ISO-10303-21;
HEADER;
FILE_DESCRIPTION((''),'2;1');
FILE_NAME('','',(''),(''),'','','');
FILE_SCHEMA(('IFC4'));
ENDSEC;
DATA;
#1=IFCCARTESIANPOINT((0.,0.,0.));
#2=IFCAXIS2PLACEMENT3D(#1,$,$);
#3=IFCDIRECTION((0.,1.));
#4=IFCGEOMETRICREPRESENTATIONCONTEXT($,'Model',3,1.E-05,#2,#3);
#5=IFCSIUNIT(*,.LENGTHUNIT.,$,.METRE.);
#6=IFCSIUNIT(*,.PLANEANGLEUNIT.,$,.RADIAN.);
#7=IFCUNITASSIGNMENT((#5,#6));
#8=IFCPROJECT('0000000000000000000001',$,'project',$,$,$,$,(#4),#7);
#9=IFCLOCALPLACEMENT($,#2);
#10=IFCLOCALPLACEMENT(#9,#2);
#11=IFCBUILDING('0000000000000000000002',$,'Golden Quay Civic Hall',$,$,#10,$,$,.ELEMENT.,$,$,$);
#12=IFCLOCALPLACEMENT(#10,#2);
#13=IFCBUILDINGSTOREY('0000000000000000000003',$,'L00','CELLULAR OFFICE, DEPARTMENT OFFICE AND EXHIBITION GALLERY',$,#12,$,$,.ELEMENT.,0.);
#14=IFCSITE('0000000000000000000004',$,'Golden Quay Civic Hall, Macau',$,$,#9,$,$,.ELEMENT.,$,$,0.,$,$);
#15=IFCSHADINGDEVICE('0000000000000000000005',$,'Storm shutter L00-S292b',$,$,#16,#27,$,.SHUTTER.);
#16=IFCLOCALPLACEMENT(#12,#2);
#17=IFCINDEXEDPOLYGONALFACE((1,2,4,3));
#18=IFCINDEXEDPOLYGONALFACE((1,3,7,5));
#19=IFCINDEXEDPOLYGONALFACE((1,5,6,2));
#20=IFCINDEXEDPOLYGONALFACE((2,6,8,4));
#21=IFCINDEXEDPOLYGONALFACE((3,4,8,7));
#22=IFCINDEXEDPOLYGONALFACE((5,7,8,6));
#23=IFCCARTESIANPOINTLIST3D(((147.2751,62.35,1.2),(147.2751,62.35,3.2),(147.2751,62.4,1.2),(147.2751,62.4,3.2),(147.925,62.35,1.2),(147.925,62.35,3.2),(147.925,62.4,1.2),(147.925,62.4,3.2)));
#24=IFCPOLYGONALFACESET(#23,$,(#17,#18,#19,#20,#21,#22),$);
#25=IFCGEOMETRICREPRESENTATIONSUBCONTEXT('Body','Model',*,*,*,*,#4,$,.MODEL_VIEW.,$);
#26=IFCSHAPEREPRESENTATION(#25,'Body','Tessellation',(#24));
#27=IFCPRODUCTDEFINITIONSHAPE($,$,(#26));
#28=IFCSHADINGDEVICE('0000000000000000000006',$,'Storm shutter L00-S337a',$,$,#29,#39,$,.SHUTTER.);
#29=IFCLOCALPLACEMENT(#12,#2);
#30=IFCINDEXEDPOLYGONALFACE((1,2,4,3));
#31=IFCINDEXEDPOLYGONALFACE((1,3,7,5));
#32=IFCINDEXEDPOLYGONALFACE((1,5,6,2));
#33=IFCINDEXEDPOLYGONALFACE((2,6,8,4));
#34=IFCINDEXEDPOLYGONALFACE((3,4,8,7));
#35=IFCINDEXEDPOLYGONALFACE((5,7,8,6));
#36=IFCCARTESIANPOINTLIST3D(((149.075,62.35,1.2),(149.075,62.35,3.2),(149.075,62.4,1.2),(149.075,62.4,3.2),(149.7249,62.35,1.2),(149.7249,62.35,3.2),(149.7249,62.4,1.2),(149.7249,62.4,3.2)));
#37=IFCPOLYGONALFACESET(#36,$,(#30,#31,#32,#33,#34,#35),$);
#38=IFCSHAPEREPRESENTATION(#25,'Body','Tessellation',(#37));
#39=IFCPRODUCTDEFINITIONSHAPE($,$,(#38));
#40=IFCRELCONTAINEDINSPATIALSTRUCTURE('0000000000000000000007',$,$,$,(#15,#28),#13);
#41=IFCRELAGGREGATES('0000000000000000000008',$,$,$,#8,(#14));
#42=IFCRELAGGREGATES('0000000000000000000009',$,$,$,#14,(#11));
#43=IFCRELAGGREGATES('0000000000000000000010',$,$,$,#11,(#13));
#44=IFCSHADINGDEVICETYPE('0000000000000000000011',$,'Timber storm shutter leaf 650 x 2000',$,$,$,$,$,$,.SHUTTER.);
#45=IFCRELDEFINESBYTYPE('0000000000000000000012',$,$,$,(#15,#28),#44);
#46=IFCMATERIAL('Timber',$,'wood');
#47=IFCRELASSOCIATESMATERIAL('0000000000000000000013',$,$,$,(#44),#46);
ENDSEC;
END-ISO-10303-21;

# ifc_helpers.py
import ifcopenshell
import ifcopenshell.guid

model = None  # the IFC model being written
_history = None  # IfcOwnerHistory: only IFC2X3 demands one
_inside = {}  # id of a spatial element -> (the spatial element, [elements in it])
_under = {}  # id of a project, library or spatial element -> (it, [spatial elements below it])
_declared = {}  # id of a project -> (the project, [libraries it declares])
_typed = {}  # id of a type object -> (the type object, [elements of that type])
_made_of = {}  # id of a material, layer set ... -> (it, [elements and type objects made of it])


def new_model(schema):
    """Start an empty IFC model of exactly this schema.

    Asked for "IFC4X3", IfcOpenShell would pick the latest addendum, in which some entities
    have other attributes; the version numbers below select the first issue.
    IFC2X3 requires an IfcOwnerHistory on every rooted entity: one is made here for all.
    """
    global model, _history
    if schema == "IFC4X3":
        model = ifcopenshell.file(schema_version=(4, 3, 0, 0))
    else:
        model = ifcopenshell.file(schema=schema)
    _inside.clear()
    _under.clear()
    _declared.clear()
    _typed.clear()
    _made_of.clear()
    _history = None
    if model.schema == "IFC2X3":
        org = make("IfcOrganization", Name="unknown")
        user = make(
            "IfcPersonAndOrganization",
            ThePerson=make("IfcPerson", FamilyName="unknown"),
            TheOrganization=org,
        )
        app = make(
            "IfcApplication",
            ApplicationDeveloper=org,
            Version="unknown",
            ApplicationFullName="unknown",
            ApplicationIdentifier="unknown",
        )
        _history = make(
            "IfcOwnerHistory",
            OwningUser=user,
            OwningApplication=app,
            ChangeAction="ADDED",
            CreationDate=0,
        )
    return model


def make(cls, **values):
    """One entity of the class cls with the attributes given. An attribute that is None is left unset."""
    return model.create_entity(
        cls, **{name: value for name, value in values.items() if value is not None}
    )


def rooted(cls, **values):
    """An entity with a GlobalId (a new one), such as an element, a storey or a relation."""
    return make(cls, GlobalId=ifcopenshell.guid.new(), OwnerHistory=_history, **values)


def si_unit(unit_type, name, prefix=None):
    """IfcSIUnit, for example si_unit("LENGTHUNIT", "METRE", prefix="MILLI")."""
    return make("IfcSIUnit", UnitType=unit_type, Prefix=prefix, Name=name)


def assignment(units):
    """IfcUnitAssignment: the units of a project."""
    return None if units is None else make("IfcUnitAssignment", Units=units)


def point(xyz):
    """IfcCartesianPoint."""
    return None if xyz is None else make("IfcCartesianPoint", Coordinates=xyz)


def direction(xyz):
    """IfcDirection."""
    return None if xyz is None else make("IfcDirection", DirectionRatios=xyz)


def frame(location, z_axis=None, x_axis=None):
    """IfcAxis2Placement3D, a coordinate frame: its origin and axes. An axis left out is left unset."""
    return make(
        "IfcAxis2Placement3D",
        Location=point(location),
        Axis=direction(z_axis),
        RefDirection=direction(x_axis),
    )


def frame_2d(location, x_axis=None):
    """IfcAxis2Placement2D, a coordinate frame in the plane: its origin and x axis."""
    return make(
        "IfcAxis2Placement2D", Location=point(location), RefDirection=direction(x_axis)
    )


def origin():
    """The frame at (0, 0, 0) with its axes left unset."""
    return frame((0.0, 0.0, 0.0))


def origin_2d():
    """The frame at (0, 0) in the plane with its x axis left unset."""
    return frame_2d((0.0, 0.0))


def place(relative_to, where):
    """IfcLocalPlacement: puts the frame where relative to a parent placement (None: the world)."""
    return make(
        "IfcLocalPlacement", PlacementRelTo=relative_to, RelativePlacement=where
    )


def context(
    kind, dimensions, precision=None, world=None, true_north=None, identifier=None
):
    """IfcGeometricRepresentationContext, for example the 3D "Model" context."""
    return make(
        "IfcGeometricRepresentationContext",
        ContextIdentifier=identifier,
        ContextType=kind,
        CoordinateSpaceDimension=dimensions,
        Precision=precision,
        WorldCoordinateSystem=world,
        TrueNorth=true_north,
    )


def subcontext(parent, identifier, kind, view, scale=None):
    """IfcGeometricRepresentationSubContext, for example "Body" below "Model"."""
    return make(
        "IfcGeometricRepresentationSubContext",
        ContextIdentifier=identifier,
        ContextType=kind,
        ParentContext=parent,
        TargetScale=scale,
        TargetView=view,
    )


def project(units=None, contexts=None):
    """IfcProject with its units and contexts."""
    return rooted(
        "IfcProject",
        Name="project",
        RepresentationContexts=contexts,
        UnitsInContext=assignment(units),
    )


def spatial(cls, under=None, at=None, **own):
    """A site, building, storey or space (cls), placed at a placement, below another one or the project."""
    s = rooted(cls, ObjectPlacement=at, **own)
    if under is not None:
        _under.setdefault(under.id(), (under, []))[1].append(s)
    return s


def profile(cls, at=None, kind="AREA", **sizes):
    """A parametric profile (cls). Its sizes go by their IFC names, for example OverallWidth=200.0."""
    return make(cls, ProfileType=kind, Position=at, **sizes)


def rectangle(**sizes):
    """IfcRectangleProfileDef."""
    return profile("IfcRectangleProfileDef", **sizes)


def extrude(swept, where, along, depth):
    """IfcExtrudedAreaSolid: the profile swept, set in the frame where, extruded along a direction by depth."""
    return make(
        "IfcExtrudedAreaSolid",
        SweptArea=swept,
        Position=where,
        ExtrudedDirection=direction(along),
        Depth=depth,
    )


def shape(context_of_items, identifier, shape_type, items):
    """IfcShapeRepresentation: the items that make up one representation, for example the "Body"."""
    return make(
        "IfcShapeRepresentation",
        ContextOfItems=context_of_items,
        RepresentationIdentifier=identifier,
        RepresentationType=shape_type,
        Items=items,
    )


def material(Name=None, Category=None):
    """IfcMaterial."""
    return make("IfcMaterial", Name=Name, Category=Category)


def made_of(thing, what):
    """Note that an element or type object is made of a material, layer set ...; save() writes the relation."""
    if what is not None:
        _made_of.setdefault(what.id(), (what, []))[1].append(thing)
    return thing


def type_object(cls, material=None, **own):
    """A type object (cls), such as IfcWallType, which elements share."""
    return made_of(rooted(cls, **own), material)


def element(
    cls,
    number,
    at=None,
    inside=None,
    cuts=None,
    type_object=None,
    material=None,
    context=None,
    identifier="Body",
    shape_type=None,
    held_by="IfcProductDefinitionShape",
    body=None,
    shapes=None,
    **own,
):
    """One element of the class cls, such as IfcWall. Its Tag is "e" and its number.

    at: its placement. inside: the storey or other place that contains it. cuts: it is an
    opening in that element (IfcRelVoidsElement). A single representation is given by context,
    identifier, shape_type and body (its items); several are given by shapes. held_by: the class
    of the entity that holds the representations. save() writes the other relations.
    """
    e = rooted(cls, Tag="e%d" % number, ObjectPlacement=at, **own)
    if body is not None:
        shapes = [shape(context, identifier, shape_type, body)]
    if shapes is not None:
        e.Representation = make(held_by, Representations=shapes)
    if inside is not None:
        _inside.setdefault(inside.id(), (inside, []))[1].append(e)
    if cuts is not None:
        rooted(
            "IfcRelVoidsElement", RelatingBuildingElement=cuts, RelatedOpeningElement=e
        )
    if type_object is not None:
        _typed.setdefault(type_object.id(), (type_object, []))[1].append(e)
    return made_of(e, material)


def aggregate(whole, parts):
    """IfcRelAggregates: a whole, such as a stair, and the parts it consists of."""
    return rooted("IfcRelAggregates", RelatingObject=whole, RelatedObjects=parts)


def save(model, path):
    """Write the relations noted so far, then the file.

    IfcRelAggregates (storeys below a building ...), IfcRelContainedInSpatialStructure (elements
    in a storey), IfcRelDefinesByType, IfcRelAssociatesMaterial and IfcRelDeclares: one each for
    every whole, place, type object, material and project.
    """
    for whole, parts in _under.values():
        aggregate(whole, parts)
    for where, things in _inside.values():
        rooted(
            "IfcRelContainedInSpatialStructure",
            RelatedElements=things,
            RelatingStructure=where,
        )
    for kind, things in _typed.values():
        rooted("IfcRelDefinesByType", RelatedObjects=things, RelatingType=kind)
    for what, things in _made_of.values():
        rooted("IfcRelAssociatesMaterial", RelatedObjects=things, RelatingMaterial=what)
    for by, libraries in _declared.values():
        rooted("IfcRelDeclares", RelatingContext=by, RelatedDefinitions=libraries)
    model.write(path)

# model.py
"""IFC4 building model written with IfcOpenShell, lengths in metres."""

from ifc_helpers import new_model, si_unit, direction, frame, origin, origin_2d, place, context, subcontext, project, spatial, rectangle, extrude, material, type_object, element, save


model = new_model("IFC4")

# Units and contexts
model_context = context("Model", 3, precision=1e-05, world=origin(), true_north=direction((0.0, 1.0)))
body_context = subcontext(model_context, "Body", "Model", "MODEL_VIEW")
ifc_project = project(units=[si_unit("LENGTHUNIT", "METRE"), si_unit("PLANEANGLEUNIT", "RADIAN")], contexts=[model_context])

# Site, building, storey
site_placement = place(None, origin())
site = spatial("IfcSite", under=ifc_project, at=site_placement, Name="Golden Quay Civic Hall, Macau", CompositionType="ELEMENT", RefElevation=0.0)
building_placement = place(site_placement, origin())
building = spatial("IfcBuilding", under=site, at=building_placement, Name="Golden Quay Civic Hall", CompositionType="ELEMENT")
storey_placement = place(building_placement, origin())
storey = spatial("IfcBuildingStorey", under=building, at=storey_placement, Name="L00", Description="CELLULAR OFFICE, DEPARTMENT OFFICE AND EXHIBITION GALLERY", CompositionType="ELEMENT", Elevation=0.0)

# Shading devices
ifc_material_1 = material(Name="Timber", Category="wood")
shading_device_type = type_object("IfcShadingDeviceType", Name="Timber storm shutter leaf 650 x 2000", PredefinedType="SHUTTER", material=ifc_material_1)
for number, where, z_axis, x_axis, name in (
    (1, (147.6001, 62.375, 1.2), (0.0, 0.0, 1.0), (1.0, 0.0, 0.0), "Storm shutter L00-S292b"),
    (2, (149.3999, 62.375, 1.2), (0.0, 0.0, 1.0), (1.0, 0.0, 0.0), "Storm shutter L00-S337a"),
):
    element("IfcShadingDevice", number, at=place(storey_placement, frame(where, z_axis=z_axis, x_axis=x_axis)), inside=storey, type_object=shading_device_type, Name=name, PredefinedType="SHUTTER", context=body_context, shape_type="SweptSolid", body=[
        extrude(rectangle(XDim=0.6499, YDim=0.05, at=origin_2d()), origin(), (0.0, 0.0, 1.0), 2.0),
    ])

save(model, "model.ifc")
